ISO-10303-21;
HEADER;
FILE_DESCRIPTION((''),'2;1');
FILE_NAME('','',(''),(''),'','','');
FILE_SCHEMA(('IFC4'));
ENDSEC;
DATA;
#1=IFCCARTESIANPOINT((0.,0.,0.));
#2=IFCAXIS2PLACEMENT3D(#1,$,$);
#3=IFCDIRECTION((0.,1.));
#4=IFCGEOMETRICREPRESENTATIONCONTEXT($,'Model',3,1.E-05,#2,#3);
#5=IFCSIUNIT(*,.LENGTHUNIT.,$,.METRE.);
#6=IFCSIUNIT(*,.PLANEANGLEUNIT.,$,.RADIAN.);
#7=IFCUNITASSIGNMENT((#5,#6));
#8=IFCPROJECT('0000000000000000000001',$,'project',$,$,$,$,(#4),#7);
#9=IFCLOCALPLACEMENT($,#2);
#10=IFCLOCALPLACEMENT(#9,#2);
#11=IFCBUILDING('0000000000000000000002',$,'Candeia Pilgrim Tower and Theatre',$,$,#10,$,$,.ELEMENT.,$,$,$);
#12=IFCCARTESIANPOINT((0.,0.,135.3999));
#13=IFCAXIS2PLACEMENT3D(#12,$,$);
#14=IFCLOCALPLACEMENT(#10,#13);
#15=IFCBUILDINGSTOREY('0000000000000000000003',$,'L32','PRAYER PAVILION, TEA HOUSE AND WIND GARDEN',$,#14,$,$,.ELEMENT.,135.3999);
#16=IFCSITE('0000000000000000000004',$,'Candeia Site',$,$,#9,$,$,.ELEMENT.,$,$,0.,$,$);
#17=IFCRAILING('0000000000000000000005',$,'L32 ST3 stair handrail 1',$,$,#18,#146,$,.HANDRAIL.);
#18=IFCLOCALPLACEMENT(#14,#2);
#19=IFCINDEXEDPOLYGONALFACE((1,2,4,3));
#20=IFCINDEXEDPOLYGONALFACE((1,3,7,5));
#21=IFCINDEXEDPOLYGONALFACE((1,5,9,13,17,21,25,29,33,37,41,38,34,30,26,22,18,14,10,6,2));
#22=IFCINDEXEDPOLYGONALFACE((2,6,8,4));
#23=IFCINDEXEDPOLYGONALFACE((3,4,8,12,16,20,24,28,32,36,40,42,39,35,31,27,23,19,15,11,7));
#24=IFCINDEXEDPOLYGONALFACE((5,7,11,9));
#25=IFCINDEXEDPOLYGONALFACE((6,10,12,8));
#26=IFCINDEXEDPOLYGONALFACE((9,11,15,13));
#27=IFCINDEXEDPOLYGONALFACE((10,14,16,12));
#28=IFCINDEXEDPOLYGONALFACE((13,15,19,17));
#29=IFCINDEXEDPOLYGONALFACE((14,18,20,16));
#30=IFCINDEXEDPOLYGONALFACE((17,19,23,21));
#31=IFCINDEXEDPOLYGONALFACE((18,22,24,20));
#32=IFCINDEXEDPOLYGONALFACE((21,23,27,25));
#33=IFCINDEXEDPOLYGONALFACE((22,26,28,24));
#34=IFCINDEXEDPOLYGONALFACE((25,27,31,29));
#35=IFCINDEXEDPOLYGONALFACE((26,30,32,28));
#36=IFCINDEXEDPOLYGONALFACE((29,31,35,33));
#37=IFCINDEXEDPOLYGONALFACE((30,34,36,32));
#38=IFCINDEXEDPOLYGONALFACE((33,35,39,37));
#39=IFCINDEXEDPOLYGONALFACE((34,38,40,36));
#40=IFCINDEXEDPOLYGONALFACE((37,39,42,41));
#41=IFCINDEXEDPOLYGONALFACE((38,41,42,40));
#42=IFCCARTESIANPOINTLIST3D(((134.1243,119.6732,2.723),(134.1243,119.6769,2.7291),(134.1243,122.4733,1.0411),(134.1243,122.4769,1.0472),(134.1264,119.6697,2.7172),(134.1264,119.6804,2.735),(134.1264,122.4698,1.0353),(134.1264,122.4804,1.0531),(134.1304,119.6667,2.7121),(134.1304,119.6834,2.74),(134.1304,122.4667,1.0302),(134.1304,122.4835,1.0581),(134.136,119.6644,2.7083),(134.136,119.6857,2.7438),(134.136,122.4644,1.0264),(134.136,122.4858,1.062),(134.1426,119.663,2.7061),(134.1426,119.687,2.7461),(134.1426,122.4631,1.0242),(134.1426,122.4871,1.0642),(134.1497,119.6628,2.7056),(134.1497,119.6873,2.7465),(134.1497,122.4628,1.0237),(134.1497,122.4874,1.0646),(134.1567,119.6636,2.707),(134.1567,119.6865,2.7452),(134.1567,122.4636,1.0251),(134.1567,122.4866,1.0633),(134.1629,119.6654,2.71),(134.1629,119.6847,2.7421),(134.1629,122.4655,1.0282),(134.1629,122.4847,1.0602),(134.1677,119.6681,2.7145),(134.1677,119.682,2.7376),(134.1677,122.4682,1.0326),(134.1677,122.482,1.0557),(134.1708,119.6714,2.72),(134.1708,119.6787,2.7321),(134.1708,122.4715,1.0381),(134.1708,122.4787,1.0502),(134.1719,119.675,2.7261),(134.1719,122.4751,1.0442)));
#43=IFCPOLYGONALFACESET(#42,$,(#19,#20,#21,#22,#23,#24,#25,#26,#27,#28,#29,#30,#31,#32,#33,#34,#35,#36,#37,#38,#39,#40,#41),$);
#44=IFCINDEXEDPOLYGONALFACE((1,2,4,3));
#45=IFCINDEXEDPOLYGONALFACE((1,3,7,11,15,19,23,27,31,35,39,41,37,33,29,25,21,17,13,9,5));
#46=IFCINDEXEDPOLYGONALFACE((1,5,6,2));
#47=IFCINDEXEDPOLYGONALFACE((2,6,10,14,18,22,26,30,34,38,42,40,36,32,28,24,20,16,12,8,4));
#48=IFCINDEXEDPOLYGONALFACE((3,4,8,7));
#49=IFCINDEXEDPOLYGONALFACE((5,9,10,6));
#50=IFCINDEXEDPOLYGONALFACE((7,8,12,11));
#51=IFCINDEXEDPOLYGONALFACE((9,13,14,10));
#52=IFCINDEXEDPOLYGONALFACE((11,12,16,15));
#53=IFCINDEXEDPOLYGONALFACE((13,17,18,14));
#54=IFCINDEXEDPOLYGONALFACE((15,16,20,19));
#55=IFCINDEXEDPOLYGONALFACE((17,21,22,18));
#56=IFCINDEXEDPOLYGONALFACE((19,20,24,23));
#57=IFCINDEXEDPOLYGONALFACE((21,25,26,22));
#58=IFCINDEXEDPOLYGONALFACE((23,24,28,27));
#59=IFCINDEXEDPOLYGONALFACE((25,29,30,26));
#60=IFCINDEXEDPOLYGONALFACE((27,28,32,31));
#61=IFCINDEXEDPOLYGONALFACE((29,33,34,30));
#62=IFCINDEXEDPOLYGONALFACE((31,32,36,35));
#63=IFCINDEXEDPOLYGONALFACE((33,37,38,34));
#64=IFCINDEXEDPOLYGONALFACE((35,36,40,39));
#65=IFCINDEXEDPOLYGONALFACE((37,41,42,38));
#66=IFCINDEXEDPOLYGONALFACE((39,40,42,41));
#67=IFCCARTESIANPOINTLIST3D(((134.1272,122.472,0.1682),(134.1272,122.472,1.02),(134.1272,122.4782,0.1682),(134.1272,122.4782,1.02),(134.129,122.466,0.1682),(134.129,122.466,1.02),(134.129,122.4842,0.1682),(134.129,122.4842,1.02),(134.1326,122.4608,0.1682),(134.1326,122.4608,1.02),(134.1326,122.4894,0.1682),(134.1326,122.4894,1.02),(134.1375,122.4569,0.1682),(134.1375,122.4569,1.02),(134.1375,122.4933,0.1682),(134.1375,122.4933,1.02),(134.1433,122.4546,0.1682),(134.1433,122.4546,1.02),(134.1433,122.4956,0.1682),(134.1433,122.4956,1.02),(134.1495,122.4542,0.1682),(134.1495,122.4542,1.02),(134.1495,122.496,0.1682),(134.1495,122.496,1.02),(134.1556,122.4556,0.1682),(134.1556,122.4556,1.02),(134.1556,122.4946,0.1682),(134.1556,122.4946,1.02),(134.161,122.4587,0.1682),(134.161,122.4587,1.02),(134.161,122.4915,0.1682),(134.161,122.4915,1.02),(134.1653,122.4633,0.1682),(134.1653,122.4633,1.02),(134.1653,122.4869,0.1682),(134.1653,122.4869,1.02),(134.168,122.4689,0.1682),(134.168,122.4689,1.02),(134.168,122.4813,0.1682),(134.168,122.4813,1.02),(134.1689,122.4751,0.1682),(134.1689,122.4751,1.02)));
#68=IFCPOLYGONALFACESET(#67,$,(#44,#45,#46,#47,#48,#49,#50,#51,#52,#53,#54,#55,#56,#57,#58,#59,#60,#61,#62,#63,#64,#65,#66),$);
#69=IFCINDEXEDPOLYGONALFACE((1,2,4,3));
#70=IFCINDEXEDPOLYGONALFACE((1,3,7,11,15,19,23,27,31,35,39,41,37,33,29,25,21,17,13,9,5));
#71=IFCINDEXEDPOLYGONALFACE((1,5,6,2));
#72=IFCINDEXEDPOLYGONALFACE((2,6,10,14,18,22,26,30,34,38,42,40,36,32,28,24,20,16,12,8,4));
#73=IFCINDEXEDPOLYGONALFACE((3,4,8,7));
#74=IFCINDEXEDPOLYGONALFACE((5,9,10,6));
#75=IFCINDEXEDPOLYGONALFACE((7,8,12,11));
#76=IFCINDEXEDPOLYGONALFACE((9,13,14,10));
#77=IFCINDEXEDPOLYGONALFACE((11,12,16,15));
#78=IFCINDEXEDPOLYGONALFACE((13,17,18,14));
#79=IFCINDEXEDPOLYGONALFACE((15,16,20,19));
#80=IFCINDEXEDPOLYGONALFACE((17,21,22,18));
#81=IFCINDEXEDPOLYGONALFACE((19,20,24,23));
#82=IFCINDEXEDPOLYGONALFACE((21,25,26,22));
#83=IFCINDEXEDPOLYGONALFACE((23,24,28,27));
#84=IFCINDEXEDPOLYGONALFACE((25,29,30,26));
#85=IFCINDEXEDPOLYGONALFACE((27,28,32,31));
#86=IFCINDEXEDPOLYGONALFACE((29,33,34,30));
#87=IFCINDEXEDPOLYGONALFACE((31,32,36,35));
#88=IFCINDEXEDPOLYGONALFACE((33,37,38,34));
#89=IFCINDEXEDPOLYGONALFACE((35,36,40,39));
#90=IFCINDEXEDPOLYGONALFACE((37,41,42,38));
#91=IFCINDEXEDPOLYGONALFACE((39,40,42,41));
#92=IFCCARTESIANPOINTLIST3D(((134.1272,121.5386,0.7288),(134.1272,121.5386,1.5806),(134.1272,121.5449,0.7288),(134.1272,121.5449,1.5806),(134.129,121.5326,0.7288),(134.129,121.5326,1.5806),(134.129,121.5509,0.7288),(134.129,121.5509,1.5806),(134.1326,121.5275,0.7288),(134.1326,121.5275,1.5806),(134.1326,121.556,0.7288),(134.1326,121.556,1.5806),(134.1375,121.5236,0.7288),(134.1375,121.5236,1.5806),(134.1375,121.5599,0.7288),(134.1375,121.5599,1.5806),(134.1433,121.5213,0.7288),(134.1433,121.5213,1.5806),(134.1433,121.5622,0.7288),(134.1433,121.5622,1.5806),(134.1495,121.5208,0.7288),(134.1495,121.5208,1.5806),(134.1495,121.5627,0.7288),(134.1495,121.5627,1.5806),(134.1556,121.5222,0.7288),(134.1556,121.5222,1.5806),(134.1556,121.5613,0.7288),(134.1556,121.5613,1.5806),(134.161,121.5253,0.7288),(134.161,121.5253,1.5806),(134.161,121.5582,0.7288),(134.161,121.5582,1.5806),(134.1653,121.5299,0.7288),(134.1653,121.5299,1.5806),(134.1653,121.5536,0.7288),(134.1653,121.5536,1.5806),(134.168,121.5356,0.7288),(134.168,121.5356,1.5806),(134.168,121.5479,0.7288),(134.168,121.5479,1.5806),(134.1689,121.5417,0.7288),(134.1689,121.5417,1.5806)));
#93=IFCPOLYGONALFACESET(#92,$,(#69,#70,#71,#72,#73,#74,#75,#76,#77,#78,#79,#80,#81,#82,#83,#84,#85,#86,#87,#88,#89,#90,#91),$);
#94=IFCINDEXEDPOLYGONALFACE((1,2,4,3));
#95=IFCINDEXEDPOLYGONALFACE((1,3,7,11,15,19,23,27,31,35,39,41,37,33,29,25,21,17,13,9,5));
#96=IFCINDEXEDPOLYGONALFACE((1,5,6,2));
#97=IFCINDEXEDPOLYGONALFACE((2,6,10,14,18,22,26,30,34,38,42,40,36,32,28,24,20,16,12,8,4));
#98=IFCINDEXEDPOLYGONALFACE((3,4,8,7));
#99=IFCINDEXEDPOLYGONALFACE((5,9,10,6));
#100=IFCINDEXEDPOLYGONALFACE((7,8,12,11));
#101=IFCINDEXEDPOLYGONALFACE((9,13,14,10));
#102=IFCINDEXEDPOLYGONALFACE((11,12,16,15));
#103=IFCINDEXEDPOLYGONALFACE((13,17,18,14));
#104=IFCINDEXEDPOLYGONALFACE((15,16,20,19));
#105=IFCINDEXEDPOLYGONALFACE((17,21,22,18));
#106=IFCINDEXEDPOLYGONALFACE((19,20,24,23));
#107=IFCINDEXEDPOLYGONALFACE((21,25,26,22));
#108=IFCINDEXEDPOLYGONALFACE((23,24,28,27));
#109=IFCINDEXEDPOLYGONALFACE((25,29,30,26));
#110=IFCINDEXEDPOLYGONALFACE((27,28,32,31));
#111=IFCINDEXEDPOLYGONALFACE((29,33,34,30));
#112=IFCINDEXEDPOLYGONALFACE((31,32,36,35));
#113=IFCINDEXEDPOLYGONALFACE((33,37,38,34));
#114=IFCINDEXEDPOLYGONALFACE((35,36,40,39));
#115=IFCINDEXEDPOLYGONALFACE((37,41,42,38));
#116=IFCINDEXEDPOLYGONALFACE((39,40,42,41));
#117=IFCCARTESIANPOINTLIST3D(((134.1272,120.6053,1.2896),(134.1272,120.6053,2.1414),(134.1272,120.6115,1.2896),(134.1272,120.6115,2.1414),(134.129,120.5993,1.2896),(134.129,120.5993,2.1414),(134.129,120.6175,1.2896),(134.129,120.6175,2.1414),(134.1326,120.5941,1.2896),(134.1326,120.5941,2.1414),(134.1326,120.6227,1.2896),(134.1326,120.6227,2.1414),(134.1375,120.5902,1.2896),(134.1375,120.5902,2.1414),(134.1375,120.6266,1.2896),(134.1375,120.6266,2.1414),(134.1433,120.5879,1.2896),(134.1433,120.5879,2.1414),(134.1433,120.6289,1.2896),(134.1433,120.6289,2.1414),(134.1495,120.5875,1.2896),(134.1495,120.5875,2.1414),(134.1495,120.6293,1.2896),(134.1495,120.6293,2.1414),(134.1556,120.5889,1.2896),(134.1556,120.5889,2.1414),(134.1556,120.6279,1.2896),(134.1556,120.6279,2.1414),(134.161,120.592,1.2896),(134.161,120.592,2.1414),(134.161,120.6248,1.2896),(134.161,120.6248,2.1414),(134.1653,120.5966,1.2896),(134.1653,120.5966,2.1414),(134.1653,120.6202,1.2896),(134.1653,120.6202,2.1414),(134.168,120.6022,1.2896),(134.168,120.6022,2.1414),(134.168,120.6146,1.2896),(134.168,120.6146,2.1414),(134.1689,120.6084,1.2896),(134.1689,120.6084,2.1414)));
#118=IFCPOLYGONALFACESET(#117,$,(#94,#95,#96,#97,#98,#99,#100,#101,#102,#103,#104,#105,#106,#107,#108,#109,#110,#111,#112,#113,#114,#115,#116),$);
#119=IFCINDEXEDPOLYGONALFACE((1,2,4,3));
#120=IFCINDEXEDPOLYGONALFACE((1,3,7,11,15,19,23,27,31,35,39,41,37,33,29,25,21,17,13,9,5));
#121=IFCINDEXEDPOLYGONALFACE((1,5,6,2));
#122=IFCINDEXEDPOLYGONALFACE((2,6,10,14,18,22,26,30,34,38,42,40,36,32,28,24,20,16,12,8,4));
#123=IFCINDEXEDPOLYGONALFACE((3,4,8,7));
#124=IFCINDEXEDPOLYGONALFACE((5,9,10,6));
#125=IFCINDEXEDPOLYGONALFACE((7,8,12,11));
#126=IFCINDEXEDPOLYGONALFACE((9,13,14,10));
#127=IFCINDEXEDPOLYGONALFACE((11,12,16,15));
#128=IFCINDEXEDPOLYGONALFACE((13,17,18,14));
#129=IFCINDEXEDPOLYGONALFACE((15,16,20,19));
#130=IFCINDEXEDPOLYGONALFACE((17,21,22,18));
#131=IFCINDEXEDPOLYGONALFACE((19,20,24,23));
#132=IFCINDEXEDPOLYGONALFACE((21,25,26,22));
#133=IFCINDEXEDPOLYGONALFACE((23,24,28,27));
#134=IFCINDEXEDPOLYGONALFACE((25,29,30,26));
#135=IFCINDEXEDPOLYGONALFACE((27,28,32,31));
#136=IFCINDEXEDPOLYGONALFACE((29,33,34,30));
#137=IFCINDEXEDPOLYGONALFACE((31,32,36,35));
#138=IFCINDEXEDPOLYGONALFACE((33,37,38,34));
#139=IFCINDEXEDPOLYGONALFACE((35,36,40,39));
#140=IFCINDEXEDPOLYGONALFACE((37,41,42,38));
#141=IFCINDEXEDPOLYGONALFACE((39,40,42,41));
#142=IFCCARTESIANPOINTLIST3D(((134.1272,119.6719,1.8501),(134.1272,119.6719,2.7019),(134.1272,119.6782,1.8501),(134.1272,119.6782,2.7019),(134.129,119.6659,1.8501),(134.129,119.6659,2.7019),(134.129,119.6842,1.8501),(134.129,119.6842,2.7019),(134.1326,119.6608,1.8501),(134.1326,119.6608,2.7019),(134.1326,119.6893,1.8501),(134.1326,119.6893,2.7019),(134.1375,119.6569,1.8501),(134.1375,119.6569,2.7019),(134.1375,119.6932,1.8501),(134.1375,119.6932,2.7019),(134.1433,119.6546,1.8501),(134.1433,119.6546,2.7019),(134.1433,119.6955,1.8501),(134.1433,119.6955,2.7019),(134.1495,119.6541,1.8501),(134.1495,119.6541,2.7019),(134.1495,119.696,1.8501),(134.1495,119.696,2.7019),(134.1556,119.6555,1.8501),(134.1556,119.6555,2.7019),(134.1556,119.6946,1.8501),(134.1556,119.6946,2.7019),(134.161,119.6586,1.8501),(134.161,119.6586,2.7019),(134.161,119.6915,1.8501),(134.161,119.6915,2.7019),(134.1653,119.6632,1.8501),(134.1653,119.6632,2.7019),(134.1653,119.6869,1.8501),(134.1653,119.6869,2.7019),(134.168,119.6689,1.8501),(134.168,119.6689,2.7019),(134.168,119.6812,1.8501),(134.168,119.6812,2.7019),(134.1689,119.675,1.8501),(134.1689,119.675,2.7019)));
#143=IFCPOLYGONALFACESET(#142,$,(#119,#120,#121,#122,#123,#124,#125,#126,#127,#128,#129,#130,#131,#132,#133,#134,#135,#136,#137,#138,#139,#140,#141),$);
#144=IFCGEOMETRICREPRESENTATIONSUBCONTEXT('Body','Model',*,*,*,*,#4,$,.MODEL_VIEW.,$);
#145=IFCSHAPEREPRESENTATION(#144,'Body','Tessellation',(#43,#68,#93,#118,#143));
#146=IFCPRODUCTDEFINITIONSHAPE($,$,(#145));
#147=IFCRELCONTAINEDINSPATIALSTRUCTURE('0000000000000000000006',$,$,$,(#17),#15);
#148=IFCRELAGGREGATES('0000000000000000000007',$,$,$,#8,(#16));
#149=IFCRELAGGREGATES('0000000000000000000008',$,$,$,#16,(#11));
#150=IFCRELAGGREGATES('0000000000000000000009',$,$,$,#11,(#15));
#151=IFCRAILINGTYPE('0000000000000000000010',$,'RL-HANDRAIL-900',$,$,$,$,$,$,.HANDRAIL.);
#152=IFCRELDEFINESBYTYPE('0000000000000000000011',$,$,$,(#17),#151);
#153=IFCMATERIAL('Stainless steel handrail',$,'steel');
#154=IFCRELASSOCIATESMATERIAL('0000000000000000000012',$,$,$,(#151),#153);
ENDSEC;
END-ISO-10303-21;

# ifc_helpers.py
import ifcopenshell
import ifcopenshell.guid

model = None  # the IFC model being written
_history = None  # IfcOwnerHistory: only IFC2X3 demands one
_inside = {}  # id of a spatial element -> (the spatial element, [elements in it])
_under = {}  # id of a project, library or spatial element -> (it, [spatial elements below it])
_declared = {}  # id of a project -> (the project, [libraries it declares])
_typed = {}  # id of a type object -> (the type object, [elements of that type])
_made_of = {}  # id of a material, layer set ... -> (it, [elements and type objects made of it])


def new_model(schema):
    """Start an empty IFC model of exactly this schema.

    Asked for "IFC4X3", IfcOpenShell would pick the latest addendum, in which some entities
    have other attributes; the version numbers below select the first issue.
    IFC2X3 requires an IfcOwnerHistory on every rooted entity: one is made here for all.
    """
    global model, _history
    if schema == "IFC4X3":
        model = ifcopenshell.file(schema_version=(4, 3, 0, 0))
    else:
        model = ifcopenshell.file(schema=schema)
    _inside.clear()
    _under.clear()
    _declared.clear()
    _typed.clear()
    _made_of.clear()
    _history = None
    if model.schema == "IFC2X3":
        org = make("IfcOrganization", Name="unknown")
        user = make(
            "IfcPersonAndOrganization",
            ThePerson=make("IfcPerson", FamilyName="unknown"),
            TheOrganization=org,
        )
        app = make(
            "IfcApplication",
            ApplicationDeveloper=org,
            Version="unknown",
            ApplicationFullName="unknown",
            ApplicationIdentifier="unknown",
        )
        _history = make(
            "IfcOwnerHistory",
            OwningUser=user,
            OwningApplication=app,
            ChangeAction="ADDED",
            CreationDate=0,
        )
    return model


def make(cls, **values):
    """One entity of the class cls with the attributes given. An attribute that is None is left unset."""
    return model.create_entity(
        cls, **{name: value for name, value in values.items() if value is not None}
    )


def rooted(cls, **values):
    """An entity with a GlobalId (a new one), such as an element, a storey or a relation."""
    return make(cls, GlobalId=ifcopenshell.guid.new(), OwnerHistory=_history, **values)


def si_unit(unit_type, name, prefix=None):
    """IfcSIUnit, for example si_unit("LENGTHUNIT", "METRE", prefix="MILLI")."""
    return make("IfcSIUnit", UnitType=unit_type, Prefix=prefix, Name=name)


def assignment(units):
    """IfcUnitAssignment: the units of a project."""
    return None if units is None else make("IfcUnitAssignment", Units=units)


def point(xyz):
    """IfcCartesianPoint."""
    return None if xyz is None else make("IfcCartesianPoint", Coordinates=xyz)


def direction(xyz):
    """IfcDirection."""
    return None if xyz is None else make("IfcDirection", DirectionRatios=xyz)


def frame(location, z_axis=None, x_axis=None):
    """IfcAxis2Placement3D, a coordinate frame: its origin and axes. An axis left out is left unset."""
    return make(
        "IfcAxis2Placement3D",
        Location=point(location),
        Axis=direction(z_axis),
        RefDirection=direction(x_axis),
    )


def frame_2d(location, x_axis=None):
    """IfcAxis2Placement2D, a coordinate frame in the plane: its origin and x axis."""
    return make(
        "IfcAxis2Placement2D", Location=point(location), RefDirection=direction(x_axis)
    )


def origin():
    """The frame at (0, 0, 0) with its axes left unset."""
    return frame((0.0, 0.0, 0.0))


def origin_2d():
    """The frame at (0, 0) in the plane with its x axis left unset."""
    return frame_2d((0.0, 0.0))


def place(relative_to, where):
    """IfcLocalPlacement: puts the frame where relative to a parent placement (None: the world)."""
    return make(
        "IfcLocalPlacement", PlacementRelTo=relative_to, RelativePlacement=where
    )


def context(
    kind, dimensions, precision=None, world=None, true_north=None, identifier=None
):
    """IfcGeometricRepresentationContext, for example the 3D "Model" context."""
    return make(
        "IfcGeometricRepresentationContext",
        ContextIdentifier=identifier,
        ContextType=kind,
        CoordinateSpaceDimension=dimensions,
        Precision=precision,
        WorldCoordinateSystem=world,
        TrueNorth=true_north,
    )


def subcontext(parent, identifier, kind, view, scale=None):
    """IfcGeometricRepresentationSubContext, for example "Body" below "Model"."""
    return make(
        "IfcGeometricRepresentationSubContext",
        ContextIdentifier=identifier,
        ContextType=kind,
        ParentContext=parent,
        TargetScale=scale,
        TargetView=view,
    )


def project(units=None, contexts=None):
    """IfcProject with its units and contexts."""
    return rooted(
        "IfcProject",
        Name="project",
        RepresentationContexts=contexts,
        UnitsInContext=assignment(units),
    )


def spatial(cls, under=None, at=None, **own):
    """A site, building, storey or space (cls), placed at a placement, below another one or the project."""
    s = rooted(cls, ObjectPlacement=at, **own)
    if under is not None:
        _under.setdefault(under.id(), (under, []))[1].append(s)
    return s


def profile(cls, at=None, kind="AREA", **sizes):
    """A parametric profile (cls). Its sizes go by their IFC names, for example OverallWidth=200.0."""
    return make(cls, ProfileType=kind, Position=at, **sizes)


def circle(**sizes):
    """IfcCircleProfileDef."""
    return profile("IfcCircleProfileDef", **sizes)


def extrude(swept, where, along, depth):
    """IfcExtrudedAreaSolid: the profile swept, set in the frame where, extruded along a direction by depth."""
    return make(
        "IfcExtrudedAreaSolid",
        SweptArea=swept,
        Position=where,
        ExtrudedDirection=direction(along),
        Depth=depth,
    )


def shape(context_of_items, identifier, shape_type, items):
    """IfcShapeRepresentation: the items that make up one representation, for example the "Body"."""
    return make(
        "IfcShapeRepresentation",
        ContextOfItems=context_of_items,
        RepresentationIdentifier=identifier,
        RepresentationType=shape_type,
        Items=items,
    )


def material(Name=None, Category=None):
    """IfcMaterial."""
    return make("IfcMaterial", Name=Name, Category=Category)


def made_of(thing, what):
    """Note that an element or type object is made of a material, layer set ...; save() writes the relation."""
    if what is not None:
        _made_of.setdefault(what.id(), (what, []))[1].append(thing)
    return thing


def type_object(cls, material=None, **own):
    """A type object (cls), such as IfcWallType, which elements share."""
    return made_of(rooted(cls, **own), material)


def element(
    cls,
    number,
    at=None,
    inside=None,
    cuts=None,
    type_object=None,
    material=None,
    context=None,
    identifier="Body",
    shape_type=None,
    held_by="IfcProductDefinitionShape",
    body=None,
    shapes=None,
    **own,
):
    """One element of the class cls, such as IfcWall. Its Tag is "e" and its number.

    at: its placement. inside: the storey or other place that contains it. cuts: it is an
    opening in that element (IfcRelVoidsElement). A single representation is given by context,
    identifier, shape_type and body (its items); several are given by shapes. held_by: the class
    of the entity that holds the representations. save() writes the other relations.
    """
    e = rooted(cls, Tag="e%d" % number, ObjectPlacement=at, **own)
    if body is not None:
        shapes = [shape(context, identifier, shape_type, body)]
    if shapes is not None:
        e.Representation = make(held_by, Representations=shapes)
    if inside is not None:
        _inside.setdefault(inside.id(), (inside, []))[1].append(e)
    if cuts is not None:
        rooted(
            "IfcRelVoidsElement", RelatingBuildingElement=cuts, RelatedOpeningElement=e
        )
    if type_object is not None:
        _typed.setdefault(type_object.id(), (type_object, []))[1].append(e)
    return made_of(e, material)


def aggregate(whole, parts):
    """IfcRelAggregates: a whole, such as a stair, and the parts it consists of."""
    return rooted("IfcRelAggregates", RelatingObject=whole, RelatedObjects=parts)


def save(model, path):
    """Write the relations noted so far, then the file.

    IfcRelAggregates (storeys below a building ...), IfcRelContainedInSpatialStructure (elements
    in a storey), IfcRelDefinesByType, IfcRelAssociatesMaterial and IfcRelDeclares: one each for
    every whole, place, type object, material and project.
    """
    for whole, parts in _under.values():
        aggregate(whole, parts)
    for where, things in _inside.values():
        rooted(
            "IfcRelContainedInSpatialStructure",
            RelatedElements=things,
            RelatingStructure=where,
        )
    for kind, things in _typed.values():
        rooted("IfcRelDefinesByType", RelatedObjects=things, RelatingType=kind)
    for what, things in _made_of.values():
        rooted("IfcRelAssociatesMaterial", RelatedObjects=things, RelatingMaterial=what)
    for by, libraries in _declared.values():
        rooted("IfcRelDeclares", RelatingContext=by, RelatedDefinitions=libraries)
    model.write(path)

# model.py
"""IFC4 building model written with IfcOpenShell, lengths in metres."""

from ifc_helpers import new_model, si_unit, direction, frame, origin, origin_2d, place, context, subcontext, project, spatial, circle, extrude, material, type_object, element, save


model = new_model("IFC4")

# Units and contexts
model_context = context("Model", 3, precision=1e-05, world=origin(), true_north=direction((0.0, 1.0)))
body_context = subcontext(model_context, "Body", "Model", "MODEL_VIEW")
ifc_project = project(units=[si_unit("LENGTHUNIT", "METRE"), si_unit("PLANEANGLEUNIT", "RADIAN")], contexts=[model_context])

# Site, building, storey
site_placement = place(None, origin())
site = spatial("IfcSite", under=ifc_project, at=site_placement, Name="Candeia Site", CompositionType="ELEMENT", RefElevation=0.0)
building_placement = place(site_placement, origin())
building = spatial("IfcBuilding", under=site, at=building_placement, Name="Candeia Pilgrim Tower and Theatre", CompositionType="ELEMENT")
storey_placement = place(building_placement, frame((0.0, 0.0, 135.3999)))
storey = spatial("IfcBuildingStorey", under=building, at=storey_placement, Name="L32", Description="PRAYER PAVILION, TEA HOUSE AND WIND GARDEN", CompositionType="ELEMENT", Elevation=135.3999)

# Railing
ifc_material_1 = material(Name="Stainless steel handrail", Category="steel")
railing_type_1 = type_object("IfcRailingType", Name="RL-HANDRAIL-900", PredefinedType="HANDRAIL", material=ifc_material_1)
railing_1_placement = place(storey_placement, frame((134.1479, 122.4751, 0.1682)))
element("IfcRailing", 1, at=railing_1_placement, inside=storey, type_object=railing_type_1, Name="L32 ST3 stair handrail 1", PredefinedType="HANDRAIL", context=body_context, shape_type="SweptSolid", body=[
    extrude(circle(Radius=0.0239, at=origin_2d()), frame((0.0, 0.0, 0.876), z_axis=(0.0, -0.857242, 0.514913), x_axis=(1.0, 0.0, 0.0)), (0.0, 0.0, 1.0), 3.2664),
    extrude(circle(Radius=0.021, at=origin_2d()), origin(), (0.0, 0.0, 1.0), 0.8518),
    extrude(circle(Radius=0.021, at=origin_2d()), frame((0.0, -0.9333, 0.5605)), (0.0, 0.0, 1.0), 0.8518),
    extrude(circle(Radius=0.021, at=origin_2d()), frame((0.0, -1.8667, 1.1213)), (0.0, 0.0, 1.0), 0.8518),
    extrude(circle(Radius=0.021, at=origin_2d()), frame((0.0, -2.8, 1.6819)), (0.0, 0.0, 1.0), 0.8518),
])

save(model, "model.ifc")
